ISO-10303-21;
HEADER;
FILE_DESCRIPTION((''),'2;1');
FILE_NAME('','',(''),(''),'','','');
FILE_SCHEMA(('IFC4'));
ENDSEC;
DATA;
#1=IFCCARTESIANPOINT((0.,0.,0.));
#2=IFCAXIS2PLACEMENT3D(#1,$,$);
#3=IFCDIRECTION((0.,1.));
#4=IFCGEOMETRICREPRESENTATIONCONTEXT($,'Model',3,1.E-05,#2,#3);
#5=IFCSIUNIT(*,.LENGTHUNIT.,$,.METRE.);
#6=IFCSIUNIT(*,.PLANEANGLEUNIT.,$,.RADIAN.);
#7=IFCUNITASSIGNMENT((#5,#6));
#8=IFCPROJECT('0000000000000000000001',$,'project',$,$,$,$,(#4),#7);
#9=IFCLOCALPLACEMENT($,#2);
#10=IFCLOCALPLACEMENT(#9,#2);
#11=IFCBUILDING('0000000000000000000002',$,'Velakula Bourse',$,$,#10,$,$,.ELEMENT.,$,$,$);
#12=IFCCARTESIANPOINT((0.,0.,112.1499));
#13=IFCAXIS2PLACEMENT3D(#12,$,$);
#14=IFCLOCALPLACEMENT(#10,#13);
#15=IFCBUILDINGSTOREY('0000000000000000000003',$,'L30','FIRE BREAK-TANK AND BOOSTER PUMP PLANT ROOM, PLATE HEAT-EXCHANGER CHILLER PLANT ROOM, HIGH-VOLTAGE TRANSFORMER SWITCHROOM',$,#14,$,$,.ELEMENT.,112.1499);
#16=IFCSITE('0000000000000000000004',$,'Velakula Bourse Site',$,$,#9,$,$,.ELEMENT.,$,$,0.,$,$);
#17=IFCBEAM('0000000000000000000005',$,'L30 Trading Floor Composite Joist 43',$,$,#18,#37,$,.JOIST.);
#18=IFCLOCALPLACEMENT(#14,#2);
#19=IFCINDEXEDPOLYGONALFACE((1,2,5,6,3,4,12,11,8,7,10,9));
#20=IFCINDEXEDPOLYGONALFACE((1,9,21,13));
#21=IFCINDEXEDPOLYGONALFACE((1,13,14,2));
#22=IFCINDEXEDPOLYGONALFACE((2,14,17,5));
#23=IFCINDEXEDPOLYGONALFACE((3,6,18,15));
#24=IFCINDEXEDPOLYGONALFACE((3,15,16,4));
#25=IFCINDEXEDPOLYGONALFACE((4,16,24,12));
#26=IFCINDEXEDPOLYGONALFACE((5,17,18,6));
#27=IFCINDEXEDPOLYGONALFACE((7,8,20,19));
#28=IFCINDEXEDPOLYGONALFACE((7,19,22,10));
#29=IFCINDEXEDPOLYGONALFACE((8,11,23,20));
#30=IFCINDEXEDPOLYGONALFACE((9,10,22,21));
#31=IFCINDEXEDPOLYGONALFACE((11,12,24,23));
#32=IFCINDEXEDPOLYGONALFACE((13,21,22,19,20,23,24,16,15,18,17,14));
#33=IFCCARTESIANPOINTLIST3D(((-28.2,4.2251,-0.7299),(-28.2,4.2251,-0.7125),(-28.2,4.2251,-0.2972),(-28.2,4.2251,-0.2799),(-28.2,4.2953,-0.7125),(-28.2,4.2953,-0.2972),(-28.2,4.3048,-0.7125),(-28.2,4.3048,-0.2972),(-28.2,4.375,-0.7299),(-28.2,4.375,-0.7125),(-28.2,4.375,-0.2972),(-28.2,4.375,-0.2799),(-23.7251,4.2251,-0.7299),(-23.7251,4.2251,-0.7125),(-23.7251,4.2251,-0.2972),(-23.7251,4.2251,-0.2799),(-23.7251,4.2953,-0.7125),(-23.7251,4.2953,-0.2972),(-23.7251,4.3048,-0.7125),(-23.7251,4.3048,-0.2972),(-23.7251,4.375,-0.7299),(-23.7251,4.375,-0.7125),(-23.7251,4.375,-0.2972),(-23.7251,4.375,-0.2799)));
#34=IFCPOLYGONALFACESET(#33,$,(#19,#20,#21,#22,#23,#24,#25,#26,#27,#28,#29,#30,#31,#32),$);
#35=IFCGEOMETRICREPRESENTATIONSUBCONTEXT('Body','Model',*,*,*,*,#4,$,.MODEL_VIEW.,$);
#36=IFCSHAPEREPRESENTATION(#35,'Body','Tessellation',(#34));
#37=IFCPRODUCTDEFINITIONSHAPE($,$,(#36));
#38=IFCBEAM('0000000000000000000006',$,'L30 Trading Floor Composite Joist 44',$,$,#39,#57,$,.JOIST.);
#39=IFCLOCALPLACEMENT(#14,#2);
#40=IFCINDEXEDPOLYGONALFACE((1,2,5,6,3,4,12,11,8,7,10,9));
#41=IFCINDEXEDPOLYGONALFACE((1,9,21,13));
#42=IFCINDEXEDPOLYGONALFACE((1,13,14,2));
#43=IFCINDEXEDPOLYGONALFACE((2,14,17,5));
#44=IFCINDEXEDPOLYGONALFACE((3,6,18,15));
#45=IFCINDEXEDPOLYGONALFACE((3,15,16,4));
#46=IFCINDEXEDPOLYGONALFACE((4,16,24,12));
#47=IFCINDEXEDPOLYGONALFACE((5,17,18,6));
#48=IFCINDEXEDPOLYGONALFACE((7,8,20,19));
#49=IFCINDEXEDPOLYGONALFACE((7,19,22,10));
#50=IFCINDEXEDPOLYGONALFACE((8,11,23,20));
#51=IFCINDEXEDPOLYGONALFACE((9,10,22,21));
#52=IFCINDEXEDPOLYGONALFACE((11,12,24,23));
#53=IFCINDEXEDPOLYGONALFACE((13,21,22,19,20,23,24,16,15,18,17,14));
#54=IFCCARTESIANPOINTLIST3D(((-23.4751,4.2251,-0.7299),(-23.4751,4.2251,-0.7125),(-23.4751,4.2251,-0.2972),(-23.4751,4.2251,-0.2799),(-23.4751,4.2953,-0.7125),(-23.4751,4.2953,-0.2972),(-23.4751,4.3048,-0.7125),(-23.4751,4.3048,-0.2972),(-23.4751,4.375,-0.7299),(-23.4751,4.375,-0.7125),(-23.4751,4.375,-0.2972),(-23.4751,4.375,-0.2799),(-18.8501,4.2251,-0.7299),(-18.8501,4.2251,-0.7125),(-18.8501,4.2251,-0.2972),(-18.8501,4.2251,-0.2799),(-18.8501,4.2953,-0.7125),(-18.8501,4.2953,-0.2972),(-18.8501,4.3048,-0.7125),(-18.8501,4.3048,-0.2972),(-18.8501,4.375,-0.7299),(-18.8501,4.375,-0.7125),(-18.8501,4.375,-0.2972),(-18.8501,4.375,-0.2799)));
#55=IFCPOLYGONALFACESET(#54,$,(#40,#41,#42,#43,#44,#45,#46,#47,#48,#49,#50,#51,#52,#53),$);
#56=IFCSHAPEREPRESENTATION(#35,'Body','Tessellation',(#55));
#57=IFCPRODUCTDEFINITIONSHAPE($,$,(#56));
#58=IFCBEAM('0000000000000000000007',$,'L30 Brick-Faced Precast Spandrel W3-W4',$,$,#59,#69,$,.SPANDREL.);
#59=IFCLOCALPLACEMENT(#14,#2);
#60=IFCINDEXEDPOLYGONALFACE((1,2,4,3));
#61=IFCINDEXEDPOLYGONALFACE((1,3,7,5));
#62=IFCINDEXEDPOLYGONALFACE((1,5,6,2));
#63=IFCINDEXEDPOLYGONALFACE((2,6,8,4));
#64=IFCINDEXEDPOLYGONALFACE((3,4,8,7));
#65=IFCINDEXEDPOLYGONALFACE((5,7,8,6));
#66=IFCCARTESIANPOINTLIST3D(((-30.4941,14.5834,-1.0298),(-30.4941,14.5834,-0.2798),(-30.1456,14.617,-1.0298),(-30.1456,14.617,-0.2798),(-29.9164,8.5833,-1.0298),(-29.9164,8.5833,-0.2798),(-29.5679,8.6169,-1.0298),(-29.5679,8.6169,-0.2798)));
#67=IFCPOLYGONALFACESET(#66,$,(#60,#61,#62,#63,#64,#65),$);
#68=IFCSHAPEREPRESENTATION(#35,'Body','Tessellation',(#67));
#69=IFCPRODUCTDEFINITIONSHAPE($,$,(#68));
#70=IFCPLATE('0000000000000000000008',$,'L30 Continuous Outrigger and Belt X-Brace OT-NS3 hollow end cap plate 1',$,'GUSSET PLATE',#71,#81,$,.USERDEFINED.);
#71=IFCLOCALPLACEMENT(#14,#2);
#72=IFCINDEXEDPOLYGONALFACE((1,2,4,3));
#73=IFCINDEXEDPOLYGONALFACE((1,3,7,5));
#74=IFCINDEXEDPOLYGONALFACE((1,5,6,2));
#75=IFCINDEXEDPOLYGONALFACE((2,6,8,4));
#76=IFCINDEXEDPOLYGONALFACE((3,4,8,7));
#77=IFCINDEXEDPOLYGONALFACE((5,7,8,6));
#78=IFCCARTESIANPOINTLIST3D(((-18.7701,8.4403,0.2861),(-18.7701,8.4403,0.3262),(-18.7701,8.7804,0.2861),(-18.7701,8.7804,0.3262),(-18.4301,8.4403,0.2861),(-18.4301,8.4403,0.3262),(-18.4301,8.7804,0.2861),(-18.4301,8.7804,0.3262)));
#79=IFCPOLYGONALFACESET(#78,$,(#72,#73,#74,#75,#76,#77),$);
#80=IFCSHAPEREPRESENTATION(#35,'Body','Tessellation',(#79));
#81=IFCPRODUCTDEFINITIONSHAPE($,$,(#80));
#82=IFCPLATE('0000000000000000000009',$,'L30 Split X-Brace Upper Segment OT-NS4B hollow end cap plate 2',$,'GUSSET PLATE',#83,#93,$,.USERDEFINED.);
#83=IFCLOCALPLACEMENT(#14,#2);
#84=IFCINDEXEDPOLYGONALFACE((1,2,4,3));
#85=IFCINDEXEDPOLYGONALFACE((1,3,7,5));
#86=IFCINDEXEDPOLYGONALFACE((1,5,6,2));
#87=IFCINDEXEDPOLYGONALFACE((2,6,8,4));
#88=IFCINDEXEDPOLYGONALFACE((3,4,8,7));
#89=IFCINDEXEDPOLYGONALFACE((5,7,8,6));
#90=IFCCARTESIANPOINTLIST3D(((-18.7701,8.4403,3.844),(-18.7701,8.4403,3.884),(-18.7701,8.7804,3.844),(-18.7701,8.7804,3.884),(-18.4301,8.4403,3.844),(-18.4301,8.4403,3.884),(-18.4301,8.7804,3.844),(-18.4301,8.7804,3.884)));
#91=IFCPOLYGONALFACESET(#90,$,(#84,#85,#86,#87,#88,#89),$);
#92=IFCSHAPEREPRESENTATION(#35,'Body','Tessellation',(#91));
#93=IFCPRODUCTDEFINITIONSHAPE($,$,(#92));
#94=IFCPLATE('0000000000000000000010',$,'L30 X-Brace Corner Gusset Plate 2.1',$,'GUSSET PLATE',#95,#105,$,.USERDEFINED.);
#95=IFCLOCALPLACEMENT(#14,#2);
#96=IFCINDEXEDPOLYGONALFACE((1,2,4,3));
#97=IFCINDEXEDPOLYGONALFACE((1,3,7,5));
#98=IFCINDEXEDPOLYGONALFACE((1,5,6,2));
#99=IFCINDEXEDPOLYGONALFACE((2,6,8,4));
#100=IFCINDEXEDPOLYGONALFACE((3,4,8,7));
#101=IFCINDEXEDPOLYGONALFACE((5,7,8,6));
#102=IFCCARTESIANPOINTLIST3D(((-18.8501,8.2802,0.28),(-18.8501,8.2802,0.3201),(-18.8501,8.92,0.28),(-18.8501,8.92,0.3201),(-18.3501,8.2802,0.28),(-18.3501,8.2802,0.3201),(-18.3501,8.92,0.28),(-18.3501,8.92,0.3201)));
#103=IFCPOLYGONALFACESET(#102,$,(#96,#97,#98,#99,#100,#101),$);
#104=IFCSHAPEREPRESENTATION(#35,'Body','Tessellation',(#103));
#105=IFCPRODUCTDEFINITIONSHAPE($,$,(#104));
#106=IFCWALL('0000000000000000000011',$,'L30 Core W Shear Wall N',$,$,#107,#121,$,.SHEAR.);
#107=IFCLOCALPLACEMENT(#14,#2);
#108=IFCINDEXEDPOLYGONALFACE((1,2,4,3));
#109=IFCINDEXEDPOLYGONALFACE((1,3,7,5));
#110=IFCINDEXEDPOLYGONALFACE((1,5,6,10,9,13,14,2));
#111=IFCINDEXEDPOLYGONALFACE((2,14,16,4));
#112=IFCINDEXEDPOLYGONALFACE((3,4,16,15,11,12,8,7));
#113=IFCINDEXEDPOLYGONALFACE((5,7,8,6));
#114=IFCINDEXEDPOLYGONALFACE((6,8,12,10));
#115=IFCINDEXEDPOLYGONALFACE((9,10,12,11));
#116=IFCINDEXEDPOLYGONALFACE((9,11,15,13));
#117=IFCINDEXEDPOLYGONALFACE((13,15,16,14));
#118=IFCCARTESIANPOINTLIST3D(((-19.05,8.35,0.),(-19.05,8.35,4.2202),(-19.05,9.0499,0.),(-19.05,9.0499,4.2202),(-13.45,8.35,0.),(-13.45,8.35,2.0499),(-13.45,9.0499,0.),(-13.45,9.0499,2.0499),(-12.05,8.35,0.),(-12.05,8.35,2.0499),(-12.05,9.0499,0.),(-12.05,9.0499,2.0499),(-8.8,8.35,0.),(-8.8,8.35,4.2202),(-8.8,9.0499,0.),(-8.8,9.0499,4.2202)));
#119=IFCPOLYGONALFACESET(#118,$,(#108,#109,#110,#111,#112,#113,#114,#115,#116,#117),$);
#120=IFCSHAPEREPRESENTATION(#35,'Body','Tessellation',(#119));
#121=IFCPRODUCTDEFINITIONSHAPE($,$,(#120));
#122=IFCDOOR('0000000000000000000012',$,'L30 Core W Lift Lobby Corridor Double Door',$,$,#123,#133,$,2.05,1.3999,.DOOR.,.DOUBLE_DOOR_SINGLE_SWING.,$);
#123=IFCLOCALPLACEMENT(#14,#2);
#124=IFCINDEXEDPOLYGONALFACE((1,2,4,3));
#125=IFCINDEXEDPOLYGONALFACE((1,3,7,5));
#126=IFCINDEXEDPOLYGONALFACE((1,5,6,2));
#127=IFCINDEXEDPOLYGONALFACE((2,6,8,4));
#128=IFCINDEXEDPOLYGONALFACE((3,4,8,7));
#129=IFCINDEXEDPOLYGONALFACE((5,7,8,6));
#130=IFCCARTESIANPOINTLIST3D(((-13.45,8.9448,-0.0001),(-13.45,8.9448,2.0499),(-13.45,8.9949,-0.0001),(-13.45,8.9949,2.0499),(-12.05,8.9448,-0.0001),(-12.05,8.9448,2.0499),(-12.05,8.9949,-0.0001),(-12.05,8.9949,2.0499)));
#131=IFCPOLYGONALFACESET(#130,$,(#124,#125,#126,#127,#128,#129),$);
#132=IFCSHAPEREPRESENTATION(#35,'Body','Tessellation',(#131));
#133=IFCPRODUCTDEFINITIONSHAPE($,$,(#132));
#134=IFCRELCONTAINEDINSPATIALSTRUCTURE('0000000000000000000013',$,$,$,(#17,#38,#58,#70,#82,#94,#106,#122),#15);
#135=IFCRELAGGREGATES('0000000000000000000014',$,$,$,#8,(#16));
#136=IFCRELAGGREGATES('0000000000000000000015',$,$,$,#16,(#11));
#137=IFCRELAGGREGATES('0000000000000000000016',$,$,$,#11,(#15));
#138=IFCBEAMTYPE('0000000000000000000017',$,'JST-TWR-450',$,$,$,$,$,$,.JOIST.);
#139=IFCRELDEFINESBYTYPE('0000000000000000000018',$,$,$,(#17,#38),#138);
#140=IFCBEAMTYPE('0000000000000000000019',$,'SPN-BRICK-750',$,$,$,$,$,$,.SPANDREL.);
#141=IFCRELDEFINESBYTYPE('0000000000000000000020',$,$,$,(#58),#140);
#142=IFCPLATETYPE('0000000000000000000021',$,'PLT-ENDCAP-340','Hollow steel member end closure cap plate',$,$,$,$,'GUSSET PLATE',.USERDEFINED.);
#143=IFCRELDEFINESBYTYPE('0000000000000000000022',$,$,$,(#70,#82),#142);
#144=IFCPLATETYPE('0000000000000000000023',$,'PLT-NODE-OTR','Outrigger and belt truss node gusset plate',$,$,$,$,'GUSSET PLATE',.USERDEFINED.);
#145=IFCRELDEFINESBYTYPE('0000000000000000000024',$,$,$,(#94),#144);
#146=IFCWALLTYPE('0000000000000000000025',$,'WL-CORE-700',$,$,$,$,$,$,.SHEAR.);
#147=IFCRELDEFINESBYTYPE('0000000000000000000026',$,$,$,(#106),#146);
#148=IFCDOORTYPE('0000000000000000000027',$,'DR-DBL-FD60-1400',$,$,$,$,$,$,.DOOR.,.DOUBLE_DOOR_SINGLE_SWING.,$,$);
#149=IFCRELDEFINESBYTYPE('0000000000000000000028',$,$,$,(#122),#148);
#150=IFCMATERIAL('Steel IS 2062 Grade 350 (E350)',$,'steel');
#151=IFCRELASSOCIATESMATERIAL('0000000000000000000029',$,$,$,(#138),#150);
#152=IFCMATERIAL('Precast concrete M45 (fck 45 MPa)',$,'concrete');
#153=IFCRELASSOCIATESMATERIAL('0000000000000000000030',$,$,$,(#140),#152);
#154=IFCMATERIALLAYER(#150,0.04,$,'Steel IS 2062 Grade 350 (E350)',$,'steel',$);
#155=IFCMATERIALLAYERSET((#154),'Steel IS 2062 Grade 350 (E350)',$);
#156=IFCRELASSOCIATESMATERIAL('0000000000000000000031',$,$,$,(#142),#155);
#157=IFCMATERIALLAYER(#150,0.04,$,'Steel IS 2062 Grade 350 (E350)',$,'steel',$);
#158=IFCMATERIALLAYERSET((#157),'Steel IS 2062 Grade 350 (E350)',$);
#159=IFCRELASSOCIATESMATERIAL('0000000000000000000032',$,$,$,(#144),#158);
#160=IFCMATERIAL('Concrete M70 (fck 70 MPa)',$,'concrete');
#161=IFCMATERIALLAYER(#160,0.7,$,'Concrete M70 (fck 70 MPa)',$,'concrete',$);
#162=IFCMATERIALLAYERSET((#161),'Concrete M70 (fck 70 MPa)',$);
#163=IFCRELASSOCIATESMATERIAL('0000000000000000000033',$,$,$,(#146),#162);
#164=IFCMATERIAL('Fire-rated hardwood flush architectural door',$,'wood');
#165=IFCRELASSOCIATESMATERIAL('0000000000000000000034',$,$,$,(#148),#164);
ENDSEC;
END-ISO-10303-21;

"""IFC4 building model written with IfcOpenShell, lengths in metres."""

from ifc_helpers import new_model, si_unit, direction, frame, frame_2d, origin, origin_2d, place, context, subcontext, project, spatial, rectangle, i_section, extrude, material, layer, layer_set, material_profile, profile_set, type_object, element, fill, save


model = new_model("IFC4")

# Units and contexts
model_context = context("Model", 3, precision=1e-05, world=origin(), true_north=direction((0.0, 1.0)))
body_context = subcontext(model_context, "Body", "Model", "MODEL_VIEW")
ifc_project = project(units=[si_unit("LENGTHUNIT", "METRE"), si_unit("PLANEANGLEUNIT", "RADIAN")], contexts=[model_context])

# Site, building, storey
site_placement = place(None, origin())
site = spatial("IfcSite", under=ifc_project, at=site_placement, Name="Velakula Bourse Site", CompositionType="ELEMENT", RefElevation=0.0)
building_placement = place(site_placement, origin())
building = spatial("IfcBuilding", under=site, at=building_placement, Name="Velakula Bourse", CompositionType="ELEMENT")
storey_placement = place(building_placement, frame((0.0, 0.0, 112.1499)))
storey = spatial("IfcBuildingStorey", under=building, at=storey_placement, Name="L30", Description="FIRE BREAK-TANK AND BOOSTER PUMP PLANT ROOM, PLATE HEAT-EXCHANGER CHILLER PLANT ROOM, HIGH-VOLTAGE TRANSFORMER SWITCHROOM", CompositionType="ELEMENT", Elevation=112.1499)

# Shared definitions
ifc_material_1 = material(Name="Concrete M70 (fck 70 MPa)", Category="concrete")

# Shared definitions
ifc_material_2 = material(Name="Steel IS 2062 Grade 350 (E350)", Category="steel")

# Beams
ifc_material_profile_1 = material_profile(ifc_material_2, i_section(OverallWidth=0.1499, OverallDepth=0.45, WebThickness=0.0095, FlangeThickness=0.0173, at=origin_2d()), Name="Steel IS 2062 Grade 350 (E350)")
ifc_profile_set_1 = profile_set([ifc_material_profile_1], Name="Steel IS 2062 Grade 350 (E350)")
beam_type_1 = type_object("IfcBeamType", Name="JST-TWR-450", PredefinedType="JOIST", material=ifc_profile_set_1)
beam_1_placement = place(storey_placement, frame((-28.2, 4.3, -0.5049), z_axis=(1.0, 0.0, 0.0), x_axis=(0.0, 1.0, 0.0)))
element("IfcBeam", 1, at=beam_1_placement, inside=storey, type_object=beam_type_1, Name="L30 Trading Floor Composite Joist 43", PredefinedType="JOIST", context=body_context, shape_type="SweptSolid", body=[
    extrude(i_section(OverallWidth=0.1499, OverallDepth=0.45, WebThickness=0.0095, FlangeThickness=0.0173, at=origin_2d()), origin(), (0.0, 0.0, 1.0), 4.4749),
])
beam_2_placement = place(storey_placement, frame((-23.4751, 4.3, -0.5049), z_axis=(1.0, 0.0, 0.0), x_axis=(0.0, 1.0, 0.0)))
element("IfcBeam", 2, at=beam_2_placement, inside=storey, type_object=beam_type_1, Name="L30 Trading Floor Composite Joist 44", PredefinedType="JOIST", context=body_context, shape_type="SweptSolid", body=[
    extrude(i_section(OverallWidth=0.1499, OverallDepth=0.45, WebThickness=0.0095, FlangeThickness=0.0173, at=origin_2d()), origin(), (0.0, 0.0, 1.0), 4.625),
])
ifc_material_3 = material(Name="Precast concrete M45 (fck 45 MPa)", Category="concrete")
ifc_material_profile_2 = material_profile(ifc_material_3, rectangle(XDim=0.3501, YDim=0.75, at=origin_2d()), Name="Precast concrete M45 (fck 45 MPa)")
ifc_profile_set_2 = profile_set([ifc_material_profile_2], Name="Precast concrete M45 (fck 45 MPa)")
beam_type_2 = type_object("IfcBeamType", Name="SPN-BRICK-750", PredefinedType="SPANDREL", material=ifc_profile_set_2)
beam_3_placement = place(storey_placement, frame((-29.7422, 8.6001, -0.6548), z_axis=(-0.09583, 0.995398, 0.0), x_axis=(-0.995398, -0.09583, 0.0)))
element("IfcBeam", 3, at=beam_3_placement, inside=storey, type_object=beam_type_2, Name="L30 Brick-Faced Precast Spandrel W3-W4", PredefinedType="SPANDREL", context=body_context, shape_type="SweptSolid", body=[
    extrude(rectangle(XDim=0.3501, YDim=0.75, at=origin_2d()), origin(), (0.0, 0.0, 1.0), 6.0278),
])

# Plates
ifc_layer_1 = layer(ifc_material_2, 0.04, Name="Steel IS 2062 Grade 350 (E350)", Category="steel")
ifc_layer_set_1 = layer_set([ifc_layer_1], Name="Steel IS 2062 Grade 350 (E350)")
plate_type_1 = type_object("IfcPlateType", Name="PLT-ENDCAP-340", Description="Hollow steel member end closure cap plate", ElementType="GUSSET PLATE", PredefinedType="USERDEFINED", material=ifc_layer_set_1)
for number, where, z_axis, x_axis, name in (
    (4, (-18.6001, 8.6104, 0.2861), (0.0, 0.0, 1.0), (0.0, 1.0, 0.0), "L30 Continuous Outrigger and Belt X-Brace OT-NS3 hollow end cap plate 1"),
    (5, (-18.6001, 8.6104, 3.844), (0.0, 0.0, 1.0), (0.0, -1.0, 0.0), "L30 Split X-Brace Upper Segment OT-NS4B hollow end cap plate 2"),
):
    element("IfcPlate", number, at=place(storey_placement, frame(where, z_axis=z_axis, x_axis=x_axis)), inside=storey, type_object=plate_type_1, Name=name, ObjectType="GUSSET PLATE", PredefinedType="USERDEFINED", context=body_context, shape_type="SweptSolid", body=[
        extrude(rectangle(XDim=0.3401, YDim=0.3401, at=origin_2d()), origin(), (0.0, 0.0, 1.0), 0.04),
    ])
ifc_layer_2 = layer(ifc_material_2, 0.04, Name="Steel IS 2062 Grade 350 (E350)", Category="steel")
ifc_layer_set_2 = layer_set([ifc_layer_2], Name="Steel IS 2062 Grade 350 (E350)")
plate_type_2 = type_object("IfcPlateType", Name="PLT-NODE-OTR", Description="Outrigger and belt truss node gusset plate", ElementType="GUSSET PLATE", PredefinedType="USERDEFINED", material=ifc_layer_set_2)
plate_placement = place(storey_placement, frame((-18.6001, 8.6001, 0.28), z_axis=(0.0, 0.0, 1.0), x_axis=(0.0, 1.0, 0.0)))
element("IfcPlate", 6, at=plate_placement, inside=storey, type_object=plate_type_2, Name="L30 X-Brace Corner Gusset Plate 2.1", ObjectType="GUSSET PLATE", PredefinedType="USERDEFINED", context=body_context, shape_type="SweptSolid", body=[
    extrude(rectangle(XDim=0.6399, YDim=0.5, at=origin_2d()), origin(), (0.0, 0.0, 1.0), 0.04),
])

# Wall, opening, door
ifc_layer_3 = layer(ifc_material_1, 0.7, Name="Concrete M70 (fck 70 MPa)", Category="concrete")
ifc_layer_set_3 = layer_set([ifc_layer_3], Name="Concrete M70 (fck 70 MPa)")
wall_type_1 = type_object("IfcWallType", Name="WL-CORE-700", PredefinedType="SHEAR", material=ifc_layer_set_3)
wall_1_placement = place(storey_placement, frame((-19.05, 8.7, 0.0), z_axis=(0.0, 0.0, 1.0), x_axis=(1.0, 0.0, 0.0)))
wall_1 = element("IfcWall", 7, at=wall_1_placement, inside=storey, type_object=wall_type_1, Name="L30 Core W Shear Wall N", PredefinedType="SHEAR", context=body_context, shape_type="SweptSolid", body=[
    extrude(rectangle(XDim=10.25, YDim=0.7, at=frame_2d((5.125, 0.0))), origin(), (0.0, 0.0, 1.0), 4.2202),
])
opening_1_placement = place(wall_1_placement, frame((5.6001, 0.0, 0.0)))
opening_1 = element("IfcOpeningElement", 8, at=opening_1_placement, cuts=wall_1, PredefinedType="OPENING", context=body_context, shape_type="SweptSolid", body=[
    extrude(rectangle(XDim=1.3999, YDim=2.05, at=frame_2d((0.7, 1.0249))), frame((0.0, 0.3599, 0.0), z_axis=(0.0, -1.0, 0.0), x_axis=(1.0, 0.0, 0.0)), (0.0, 0.0, 1.0), 0.72),
])
ifc_material_4 = material(Name="Fire-rated hardwood flush architectural door", Category="wood")
door_type_1 = type_object("IfcDoorType", Name="DR-DBL-FD60-1400", OperationType="DOUBLE_DOOR_SINGLE_SWING", PredefinedType="DOOR", material=ifc_material_4)
door_1_placement = place(opening_1_placement, origin())
door_1 = element("IfcDoor", 9, at=door_1_placement, inside=storey, type_object=door_type_1, Name="L30 Core W Lift Lobby Corridor Double Door", OperationType="DOUBLE_DOOR_SINGLE_SWING", OverallHeight=2.05, OverallWidth=1.3999, PredefinedType="DOOR", context=body_context, shape_type="SweptSolid", body=[
    extrude(rectangle(XDim=1.3999, YDim=2.05, at=frame_2d((0.7, 1.0249))), frame((0.0, 0.2949, 0.0), z_axis=(0.0, -1.0, 0.0), x_axis=(1.0, 0.0, 0.0)), (0.0, 0.0, 1.0), 0.05),
])
fill(opening_1, door_1)

save(model, "model.ifc")
